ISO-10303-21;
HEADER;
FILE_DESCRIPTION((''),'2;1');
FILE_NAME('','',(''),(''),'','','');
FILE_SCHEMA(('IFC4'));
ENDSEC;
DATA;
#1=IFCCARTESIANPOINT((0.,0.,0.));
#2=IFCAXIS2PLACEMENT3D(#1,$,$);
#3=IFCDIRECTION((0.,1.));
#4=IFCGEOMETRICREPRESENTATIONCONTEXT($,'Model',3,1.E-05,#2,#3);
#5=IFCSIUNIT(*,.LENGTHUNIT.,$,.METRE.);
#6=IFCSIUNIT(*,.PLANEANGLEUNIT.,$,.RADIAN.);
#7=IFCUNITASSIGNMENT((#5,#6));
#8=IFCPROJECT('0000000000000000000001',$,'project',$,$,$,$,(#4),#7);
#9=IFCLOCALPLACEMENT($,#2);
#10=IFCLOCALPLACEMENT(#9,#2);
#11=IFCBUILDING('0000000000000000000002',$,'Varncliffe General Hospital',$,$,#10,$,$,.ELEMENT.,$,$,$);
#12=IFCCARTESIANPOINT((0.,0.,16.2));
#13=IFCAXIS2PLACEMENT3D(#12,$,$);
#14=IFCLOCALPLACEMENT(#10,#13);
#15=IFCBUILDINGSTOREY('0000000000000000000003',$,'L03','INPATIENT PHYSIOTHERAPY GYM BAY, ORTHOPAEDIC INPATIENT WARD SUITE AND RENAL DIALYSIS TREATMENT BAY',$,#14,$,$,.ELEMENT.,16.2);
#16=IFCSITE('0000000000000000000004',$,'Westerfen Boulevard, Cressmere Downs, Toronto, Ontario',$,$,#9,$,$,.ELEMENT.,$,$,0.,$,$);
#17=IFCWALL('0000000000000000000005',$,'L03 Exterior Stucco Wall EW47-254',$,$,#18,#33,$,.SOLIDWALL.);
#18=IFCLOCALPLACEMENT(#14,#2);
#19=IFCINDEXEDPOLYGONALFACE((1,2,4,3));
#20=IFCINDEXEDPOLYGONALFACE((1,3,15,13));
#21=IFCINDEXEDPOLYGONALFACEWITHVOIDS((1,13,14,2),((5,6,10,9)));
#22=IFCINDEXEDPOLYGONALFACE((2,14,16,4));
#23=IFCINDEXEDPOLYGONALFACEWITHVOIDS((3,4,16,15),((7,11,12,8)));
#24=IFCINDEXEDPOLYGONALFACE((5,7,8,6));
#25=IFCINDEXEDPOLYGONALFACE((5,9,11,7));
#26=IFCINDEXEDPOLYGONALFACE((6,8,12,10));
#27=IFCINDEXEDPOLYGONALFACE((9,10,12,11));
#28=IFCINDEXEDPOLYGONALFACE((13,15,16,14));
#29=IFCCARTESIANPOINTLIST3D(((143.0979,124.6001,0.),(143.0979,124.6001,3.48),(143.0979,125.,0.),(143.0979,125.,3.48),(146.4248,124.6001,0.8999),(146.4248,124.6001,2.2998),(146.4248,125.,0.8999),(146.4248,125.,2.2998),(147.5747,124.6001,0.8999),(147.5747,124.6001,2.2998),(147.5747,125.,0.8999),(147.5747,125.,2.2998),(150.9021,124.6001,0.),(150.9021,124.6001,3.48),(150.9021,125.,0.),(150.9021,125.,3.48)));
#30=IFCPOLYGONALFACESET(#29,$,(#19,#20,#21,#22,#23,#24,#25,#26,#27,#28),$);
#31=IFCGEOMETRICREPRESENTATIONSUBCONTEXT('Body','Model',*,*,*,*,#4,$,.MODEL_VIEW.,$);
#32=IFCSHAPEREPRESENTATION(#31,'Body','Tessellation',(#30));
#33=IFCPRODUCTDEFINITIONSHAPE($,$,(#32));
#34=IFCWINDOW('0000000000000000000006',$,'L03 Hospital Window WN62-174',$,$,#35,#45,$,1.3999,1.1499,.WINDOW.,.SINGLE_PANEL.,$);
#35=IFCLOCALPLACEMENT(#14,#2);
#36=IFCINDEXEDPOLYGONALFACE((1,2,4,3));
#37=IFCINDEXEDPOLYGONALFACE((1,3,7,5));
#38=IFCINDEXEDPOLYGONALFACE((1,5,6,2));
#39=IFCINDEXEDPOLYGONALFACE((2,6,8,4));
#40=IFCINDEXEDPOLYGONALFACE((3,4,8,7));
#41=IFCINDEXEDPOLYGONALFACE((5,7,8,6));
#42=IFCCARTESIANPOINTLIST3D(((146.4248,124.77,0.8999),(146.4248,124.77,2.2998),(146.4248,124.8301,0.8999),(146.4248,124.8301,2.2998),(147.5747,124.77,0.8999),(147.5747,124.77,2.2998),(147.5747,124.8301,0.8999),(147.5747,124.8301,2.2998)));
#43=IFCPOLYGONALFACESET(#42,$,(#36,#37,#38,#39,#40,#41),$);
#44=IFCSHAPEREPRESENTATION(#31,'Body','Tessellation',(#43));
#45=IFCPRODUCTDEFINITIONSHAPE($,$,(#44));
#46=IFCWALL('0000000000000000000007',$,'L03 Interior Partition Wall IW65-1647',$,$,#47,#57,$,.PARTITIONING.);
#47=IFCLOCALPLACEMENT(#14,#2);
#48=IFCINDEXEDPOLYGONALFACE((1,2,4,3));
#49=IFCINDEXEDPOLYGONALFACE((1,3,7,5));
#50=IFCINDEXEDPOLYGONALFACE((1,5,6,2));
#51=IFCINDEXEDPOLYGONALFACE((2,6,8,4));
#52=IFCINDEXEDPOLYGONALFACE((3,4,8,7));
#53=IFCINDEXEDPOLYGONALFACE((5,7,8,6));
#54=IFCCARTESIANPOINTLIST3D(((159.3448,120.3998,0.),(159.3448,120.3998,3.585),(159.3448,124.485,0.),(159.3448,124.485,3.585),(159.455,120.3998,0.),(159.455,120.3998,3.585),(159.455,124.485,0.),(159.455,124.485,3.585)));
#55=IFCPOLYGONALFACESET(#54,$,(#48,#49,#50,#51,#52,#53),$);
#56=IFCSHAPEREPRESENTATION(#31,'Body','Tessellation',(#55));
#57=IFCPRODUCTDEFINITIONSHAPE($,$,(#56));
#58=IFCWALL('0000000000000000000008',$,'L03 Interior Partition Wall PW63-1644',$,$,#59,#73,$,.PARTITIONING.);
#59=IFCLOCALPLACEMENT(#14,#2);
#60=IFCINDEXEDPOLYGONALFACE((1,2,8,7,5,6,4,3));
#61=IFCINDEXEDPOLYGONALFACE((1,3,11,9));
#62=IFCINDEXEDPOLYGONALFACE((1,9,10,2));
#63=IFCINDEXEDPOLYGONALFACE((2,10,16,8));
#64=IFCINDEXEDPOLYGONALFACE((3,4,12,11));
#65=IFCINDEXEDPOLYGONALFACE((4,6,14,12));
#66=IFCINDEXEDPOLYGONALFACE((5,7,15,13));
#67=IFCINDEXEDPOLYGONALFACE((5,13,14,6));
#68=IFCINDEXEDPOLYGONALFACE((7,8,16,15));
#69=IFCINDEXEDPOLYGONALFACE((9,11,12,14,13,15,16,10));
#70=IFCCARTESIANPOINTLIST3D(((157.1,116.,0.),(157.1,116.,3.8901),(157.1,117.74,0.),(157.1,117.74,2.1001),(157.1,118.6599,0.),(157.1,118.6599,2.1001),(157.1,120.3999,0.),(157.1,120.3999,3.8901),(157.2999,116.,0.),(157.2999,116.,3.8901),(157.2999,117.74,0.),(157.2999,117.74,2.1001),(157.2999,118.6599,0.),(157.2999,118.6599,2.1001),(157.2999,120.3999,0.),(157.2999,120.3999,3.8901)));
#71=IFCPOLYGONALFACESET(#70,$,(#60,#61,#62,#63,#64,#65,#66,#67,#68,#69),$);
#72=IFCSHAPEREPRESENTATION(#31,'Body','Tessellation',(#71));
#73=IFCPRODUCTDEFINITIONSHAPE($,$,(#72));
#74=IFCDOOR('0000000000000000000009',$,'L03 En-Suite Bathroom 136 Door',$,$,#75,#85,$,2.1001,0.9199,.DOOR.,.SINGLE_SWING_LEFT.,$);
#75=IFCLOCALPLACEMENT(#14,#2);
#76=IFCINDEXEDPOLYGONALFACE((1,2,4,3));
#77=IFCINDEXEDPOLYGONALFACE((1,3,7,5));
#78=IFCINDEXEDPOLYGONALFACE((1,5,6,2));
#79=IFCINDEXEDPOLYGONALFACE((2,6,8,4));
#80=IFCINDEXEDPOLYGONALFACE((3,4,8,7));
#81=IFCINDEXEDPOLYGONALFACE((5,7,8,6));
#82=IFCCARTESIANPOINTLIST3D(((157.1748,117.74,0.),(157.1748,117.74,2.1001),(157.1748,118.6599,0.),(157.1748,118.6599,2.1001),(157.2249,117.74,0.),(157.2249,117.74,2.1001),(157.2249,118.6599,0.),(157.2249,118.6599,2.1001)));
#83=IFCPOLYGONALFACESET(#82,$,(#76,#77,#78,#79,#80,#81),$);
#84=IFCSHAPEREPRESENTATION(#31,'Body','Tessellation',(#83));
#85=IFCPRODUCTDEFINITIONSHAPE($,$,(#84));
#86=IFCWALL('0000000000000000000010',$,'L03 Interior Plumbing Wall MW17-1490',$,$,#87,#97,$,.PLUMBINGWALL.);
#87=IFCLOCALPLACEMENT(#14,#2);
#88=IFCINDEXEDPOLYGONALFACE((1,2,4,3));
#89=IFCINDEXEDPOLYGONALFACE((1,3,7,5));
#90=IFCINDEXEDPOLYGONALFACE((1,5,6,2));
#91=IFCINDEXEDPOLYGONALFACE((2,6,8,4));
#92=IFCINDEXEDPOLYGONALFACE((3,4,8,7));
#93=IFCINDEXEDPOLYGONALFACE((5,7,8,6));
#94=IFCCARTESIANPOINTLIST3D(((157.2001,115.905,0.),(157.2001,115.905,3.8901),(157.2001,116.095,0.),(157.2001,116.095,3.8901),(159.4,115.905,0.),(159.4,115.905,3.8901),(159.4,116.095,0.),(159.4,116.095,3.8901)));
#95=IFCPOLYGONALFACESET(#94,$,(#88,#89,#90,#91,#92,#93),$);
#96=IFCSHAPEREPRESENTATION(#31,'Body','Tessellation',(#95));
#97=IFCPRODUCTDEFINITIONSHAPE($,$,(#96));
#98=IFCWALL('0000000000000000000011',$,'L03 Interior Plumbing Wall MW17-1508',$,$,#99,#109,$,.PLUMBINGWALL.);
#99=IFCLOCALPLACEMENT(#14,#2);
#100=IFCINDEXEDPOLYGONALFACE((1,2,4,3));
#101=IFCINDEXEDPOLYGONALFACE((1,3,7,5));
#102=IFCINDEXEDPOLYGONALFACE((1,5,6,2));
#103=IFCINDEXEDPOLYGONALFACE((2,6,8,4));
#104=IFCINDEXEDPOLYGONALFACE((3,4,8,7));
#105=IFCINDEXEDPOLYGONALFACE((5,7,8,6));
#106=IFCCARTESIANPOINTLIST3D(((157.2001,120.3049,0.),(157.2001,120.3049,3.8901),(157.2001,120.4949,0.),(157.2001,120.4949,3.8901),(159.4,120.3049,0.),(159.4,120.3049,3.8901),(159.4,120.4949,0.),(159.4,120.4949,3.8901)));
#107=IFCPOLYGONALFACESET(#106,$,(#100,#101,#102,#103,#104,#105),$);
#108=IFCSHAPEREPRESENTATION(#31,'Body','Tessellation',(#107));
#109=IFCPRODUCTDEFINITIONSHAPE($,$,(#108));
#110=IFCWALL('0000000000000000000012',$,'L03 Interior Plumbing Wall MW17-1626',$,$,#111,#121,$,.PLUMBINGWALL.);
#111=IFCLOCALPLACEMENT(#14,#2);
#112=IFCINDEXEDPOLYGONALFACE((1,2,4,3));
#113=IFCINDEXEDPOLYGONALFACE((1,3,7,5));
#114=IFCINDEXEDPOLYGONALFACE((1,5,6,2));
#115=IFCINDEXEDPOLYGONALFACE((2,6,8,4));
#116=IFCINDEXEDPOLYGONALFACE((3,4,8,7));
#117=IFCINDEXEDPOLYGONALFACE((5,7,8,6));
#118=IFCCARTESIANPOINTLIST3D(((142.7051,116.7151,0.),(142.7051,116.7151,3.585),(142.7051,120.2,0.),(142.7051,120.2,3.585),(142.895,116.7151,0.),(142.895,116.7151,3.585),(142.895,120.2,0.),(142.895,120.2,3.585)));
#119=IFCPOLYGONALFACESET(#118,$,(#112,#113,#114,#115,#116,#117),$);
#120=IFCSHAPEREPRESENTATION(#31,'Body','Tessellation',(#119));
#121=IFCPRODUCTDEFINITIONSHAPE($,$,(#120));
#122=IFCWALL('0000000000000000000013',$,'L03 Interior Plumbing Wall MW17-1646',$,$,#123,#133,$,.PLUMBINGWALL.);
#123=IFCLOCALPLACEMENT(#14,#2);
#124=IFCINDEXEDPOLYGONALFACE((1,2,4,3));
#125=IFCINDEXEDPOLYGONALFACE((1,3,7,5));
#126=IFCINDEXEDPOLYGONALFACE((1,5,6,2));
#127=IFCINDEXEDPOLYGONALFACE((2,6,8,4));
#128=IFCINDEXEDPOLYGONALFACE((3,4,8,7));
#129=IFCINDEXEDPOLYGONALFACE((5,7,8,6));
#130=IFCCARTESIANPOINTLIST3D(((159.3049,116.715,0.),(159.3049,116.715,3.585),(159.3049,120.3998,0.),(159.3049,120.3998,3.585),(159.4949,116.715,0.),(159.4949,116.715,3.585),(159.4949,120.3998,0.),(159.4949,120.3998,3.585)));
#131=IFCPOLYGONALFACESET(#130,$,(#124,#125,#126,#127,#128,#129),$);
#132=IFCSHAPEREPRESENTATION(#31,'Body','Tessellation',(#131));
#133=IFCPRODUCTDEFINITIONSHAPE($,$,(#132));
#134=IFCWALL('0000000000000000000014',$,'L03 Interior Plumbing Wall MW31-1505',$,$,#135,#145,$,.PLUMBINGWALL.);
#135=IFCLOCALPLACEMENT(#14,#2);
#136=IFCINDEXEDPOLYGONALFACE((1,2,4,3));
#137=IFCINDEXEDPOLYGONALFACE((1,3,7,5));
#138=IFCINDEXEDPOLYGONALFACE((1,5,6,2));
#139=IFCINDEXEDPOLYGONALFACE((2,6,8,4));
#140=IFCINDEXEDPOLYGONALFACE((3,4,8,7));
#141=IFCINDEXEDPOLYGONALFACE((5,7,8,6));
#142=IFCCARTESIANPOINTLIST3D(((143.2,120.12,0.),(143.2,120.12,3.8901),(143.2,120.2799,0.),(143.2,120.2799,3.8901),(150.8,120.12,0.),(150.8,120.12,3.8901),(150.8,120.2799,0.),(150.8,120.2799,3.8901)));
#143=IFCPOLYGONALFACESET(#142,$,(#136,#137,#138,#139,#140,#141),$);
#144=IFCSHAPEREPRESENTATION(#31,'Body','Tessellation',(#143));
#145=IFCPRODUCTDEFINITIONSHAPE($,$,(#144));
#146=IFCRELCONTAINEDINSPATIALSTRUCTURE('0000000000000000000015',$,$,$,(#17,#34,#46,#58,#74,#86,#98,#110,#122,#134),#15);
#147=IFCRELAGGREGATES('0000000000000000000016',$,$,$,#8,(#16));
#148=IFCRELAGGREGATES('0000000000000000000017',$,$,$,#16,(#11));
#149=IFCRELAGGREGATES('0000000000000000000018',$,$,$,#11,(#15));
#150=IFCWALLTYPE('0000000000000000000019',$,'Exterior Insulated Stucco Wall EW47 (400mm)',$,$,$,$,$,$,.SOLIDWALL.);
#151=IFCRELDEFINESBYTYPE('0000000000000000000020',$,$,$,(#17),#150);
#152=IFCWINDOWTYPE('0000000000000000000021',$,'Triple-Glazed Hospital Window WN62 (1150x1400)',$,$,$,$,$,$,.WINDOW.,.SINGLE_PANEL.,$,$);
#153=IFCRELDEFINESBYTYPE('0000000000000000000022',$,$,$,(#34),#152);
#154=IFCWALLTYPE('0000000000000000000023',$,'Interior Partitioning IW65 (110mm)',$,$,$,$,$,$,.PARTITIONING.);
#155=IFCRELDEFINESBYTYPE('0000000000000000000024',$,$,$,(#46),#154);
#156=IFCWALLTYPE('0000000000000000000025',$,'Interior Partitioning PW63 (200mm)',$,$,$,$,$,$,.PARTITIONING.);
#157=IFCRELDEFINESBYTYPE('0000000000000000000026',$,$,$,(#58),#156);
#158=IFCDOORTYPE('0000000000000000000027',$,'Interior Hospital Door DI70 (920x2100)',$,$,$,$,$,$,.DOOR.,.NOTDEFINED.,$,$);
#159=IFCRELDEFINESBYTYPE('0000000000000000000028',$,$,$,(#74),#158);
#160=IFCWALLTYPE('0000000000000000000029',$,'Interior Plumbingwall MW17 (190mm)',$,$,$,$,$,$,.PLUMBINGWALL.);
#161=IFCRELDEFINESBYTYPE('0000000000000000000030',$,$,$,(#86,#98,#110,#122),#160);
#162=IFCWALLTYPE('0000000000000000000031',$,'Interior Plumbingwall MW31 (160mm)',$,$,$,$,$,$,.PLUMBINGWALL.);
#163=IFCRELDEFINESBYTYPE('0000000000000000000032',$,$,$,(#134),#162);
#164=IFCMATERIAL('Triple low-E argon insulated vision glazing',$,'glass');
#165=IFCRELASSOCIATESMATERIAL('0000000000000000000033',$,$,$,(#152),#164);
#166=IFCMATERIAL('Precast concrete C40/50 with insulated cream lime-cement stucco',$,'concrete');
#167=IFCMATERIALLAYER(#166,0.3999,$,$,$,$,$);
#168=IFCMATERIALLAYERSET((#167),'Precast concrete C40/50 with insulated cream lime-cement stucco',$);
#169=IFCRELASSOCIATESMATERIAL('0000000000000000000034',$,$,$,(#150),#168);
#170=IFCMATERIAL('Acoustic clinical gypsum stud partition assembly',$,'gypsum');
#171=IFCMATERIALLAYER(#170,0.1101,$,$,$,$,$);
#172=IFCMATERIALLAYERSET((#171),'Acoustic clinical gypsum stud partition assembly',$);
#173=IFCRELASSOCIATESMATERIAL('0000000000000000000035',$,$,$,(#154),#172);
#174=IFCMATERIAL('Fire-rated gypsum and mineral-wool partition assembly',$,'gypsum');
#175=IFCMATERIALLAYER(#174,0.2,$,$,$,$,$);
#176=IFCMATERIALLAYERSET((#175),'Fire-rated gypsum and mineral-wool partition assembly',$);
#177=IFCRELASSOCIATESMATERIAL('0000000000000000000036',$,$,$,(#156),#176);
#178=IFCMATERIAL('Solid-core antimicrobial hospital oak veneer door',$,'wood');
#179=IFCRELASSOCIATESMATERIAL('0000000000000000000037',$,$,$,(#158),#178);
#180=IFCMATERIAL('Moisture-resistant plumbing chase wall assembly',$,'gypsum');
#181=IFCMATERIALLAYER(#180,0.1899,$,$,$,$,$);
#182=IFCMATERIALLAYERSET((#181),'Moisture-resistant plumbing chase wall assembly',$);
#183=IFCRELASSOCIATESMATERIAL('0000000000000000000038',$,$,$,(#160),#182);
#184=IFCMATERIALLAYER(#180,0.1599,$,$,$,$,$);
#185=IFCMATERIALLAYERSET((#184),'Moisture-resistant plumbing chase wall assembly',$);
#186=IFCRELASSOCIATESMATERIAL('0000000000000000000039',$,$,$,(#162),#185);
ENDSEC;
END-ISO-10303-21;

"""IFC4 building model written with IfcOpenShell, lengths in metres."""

from ifc_helpers import new_model, si_unit, direction, frame, frame_2d, origin, place, context, subcontext, project, spatial, rectangle, extrude, material, layer, layer_set, type_object, element, fill, save


model = new_model("IFC4")

# Units and contexts
model_context = context("Model", 3, precision=1e-05, world=origin(), true_north=direction((0.0, 1.0)))
body_context = subcontext(model_context, "Body", "Model", "MODEL_VIEW")
ifc_project = project(units=[si_unit("LENGTHUNIT", "METRE"), si_unit("PLANEANGLEUNIT", "RADIAN")], contexts=[model_context])

# Site, building, storey
site_placement = place(None, origin())
site = spatial("IfcSite", under=ifc_project, at=site_placement, Name="Westerfen Boulevard, Cressmere Downs, Toronto, Ontario", CompositionType="ELEMENT", RefElevation=0.0)
building_placement = place(site_placement, origin())
building = spatial("IfcBuilding", under=site, at=building_placement, Name="Varncliffe General Hospital", CompositionType="ELEMENT")
storey_placement = place(building_placement, frame((0.0, 0.0, 16.2)))
storey = spatial("IfcBuildingStorey", under=building, at=storey_placement, Name="L03", Description="INPATIENT PHYSIOTHERAPY GYM BAY, ORTHOPAEDIC INPATIENT WARD SUITE AND RENAL DIALYSIS TREATMENT BAY", CompositionType="ELEMENT", Elevation=16.2)

# Wall, opening, window
ifc_material_1 = material(Name="Precast concrete C40/50 with insulated cream lime-cement stucco", Category="concrete")
ifc_material_2 = material(Name="Triple low-E argon insulated vision glazing", Category="glass")
window_type = type_object("IfcWindowType", Name="Triple-Glazed Hospital Window WN62 (1150x1400)", PartitioningType="SINGLE_PANEL", PredefinedType="WINDOW", material=ifc_material_2)
ifc_layer_1 = layer(ifc_material_1, 0.3999)
ifc_layer_set_1 = layer_set([ifc_layer_1], Name="Precast concrete C40/50 with insulated cream lime-cement stucco")
wall_type_1 = type_object("IfcWallType", Name="Exterior Insulated Stucco Wall EW47 (400mm)", PredefinedType="SOLIDWALL", material=ifc_layer_set_1)
wall_1_placement = place(storey_placement, frame((143.0979, 124.8, 0.0), z_axis=(0.0, 0.0, 1.0), x_axis=(1.0, 0.0, 0.0)))
wall_1 = element("IfcWall", 1, at=wall_1_placement, inside=storey, type_object=wall_type_1, Name="L03 Exterior Stucco Wall EW47-254", PredefinedType="SOLIDWALL", context=body_context, shape_type="SweptSolid", body=[
    extrude(rectangle(XDim=7.8042, YDim=0.3999, at=frame_2d((3.9021, 0.0))), origin(), (0.0, 0.0, 1.0), 3.48),
])
opening_1_placement = place(wall_1_placement, frame((3.3269, 0.0, 0.8999)))
opening_1 = element("IfcOpeningElement", 2, at=opening_1_placement, cuts=wall_1, PredefinedType="OPENING", context=body_context, shape_type="SweptSolid", body=[
    extrude(rectangle(XDim=1.1499, YDim=1.3999, at=frame_2d((0.575, 0.7))), frame((0.0, 0.21, 0.0), z_axis=(0.0, -1.0, 0.0), x_axis=(1.0, 0.0, 0.0)), (0.0, 0.0, 1.0), 0.4199),
])
window_1_placement = place(opening_1_placement, origin())
window_1 = element("IfcWindow", 3, at=window_1_placement, inside=storey, type_object=window_type, Name="L03 Hospital Window WN62-174", OverallHeight=1.3999, OverallWidth=1.1499, PartitioningType="SINGLE_PANEL", PredefinedType="WINDOW", context=body_context, shape_type="SweptSolid", body=[
    extrude(rectangle(XDim=1.1499, YDim=1.3999, at=frame_2d((0.575, 0.7))), frame((0.0, 0.03, 0.0), z_axis=(0.0, -1.0, 0.0), x_axis=(1.0, 0.0, 0.0)), (0.0, 0.0, 1.0), 0.0601),
])
fill(opening_1, window_1)

# Wall
ifc_material_3 = material(Name="Acoustic clinical gypsum stud partition assembly", Category="gypsum")
ifc_layer_2 = layer(ifc_material_3, 0.1101)
ifc_layer_set_2 = layer_set([ifc_layer_2], Name="Acoustic clinical gypsum stud partition assembly")
wall_type_2 = type_object("IfcWallType", Name="Interior Partitioning IW65 (110mm)", PredefinedType="PARTITIONING", material=ifc_layer_set_2)
wall_2_placement = place(storey_placement, frame((159.3999, 120.3999, 0.0), z_axis=(0.0, 0.0, 1.0), x_axis=(0.0, 1.0, 0.0)))
element("IfcWall", 4, at=wall_2_placement, inside=storey, type_object=wall_type_2, Name="L03 Interior Partition Wall IW65-1647", PredefinedType="PARTITIONING", context=body_context, shape_type="SweptSolid", body=[
    extrude(rectangle(XDim=4.0852, YDim=0.1101, at=frame_2d((2.0425, 0.0))), origin(), (0.0, 0.0, 1.0), 3.585),
])

# Wall, opening, door
ifc_material_4 = material(Name="Fire-rated gypsum and mineral-wool partition assembly", Category="gypsum")
ifc_layer_3 = layer(ifc_material_4, 0.2)
ifc_layer_set_3 = layer_set([ifc_layer_3], Name="Fire-rated gypsum and mineral-wool partition assembly")
wall_type_3 = type_object("IfcWallType", Name="Interior Partitioning PW63 (200mm)", PredefinedType="PARTITIONING", material=ifc_layer_set_3)
wall_3_placement = place(storey_placement, frame((157.2, 116.0, 0.0), z_axis=(0.0, 0.0, 1.0), x_axis=(0.0, 1.0, 0.0)))
wall_3 = element("IfcWall", 5, at=wall_3_placement, inside=storey, type_object=wall_type_3, Name="L03 Interior Partition Wall PW63-1644", PredefinedType="PARTITIONING", context=body_context, shape_type="SweptSolid", body=[
    extrude(rectangle(XDim=4.3999, YDim=0.2, at=frame_2d((2.2, 0.0))), origin(), (0.0, 0.0, 1.0), 3.8901),
])
opening_2_placement = place(wall_3_placement, frame((1.74, 0.0, 0.0)))
opening_2 = element("IfcOpeningElement", 6, at=opening_2_placement, cuts=wall_3, PredefinedType="OPENING", context=body_context, shape_type="SweptSolid", body=[
    extrude(rectangle(XDim=0.9199, YDim=2.1001, at=frame_2d((0.46, 1.05))), frame((0.0, 0.1099, 0.0), z_axis=(0.0, -1.0, 0.0), x_axis=(1.0, 0.0, 0.0)), (0.0, 0.0, 1.0), 0.22),
])
ifc_material_5 = material(Name="Solid-core antimicrobial hospital oak veneer door", Category="wood")
door_type_1 = type_object("IfcDoorType", Name="Interior Hospital Door DI70 (920x2100)", OperationType="NOTDEFINED", PredefinedType="DOOR", material=ifc_material_5)
door_1_placement = place(opening_2_placement, frame((0.9199, 0.0, 0.0), z_axis=(0.0, 0.0, 1.0), x_axis=(-1.0, 0.0, 0.0)))
door_1 = element("IfcDoor", 7, at=door_1_placement, inside=storey, type_object=door_type_1, Name="L03 En-Suite Bathroom 136 Door", OperationType="SINGLE_SWING_LEFT", OverallHeight=2.1001, OverallWidth=0.9199, PredefinedType="DOOR", context=body_context, shape_type="SweptSolid", body=[
    extrude(rectangle(XDim=0.9199, YDim=2.1001, at=frame_2d((0.46, 1.05))), frame((0.0, 0.0249, 0.0), z_axis=(0.0, -1.0, 0.0), x_axis=(1.0, 0.0, 0.0)), (0.0, 0.0, 1.0), 0.05),
])
fill(opening_2, door_1)

# Walls
ifc_material_6 = material(Name="Moisture-resistant plumbing chase wall assembly", Category="gypsum")
ifc_layer_4 = layer(ifc_material_6, 0.1899)
ifc_layer_set_4 = layer_set([ifc_layer_4], Name="Moisture-resistant plumbing chase wall assembly")
wall_type_4 = type_object("IfcWallType", Name="Interior Plumbingwall MW17 (190mm)", PredefinedType="PLUMBINGWALL", material=ifc_layer_set_4)
for number, where, z_axis, x_axis, name in (
    (8, (157.2, 116.0, 0.0), (0.0, 0.0, 1.0), (1.0, 0.0, 0.0), "L03 Interior Plumbing Wall MW17-1490"),
    (9, (157.2, 120.3999, 0.0), (0.0, 0.0, 1.0), (1.0, 0.0, 0.0), "L03 Interior Plumbing Wall MW17-1508"),
):
    element("IfcWall", number, at=place(storey_placement, frame(where, z_axis=z_axis, x_axis=x_axis)), inside=storey, type_object=wall_type_4, Name=name, PredefinedType="PLUMBINGWALL", context=body_context, shape_type="SweptSolid", body=[
        extrude(rectangle(XDim=2.2, YDim=0.1899, at=frame_2d((1.1001, 0.0))), origin(), (0.0, 0.0, 1.0), 3.8901),
    ])
wall_4_placement = place(storey_placement, frame((142.8, 116.7151, 0.0), z_axis=(0.0, 0.0, 1.0), x_axis=(0.0, 1.0, 0.0)))
element("IfcWall", 10, at=wall_4_placement, inside=storey, type_object=wall_type_4, Name="L03 Interior Plumbing Wall MW17-1626", PredefinedType="PLUMBINGWALL", context=body_context, shape_type="SweptSolid", body=[
    extrude(rectangle(XDim=3.4849, YDim=0.1899, at=frame_2d((1.7424, 0.0))), origin(), (0.0, 0.0, 1.0), 3.585),
])
wall_5_placement = place(storey_placement, frame((159.3999, 116.7151, 0.0), z_axis=(0.0, 0.0, 1.0), x_axis=(0.0, 1.0, 0.0)))
element("IfcWall", 11, at=wall_5_placement, inside=storey, type_object=wall_type_4, Name="L03 Interior Plumbing Wall MW17-1646", PredefinedType="PLUMBINGWALL", context=body_context, shape_type="SweptSolid", body=[
    extrude(rectangle(XDim=3.6848, YDim=0.1899, at=frame_2d((1.8423, 0.0))), origin(), (0.0, 0.0, 1.0), 3.585),
])
ifc_layer_5 = layer(ifc_material_6, 0.1599)
ifc_layer_set_5 = layer_set([ifc_layer_5], Name="Moisture-resistant plumbing chase wall assembly")
wall_type_5 = type_object("IfcWallType", Name="Interior Plumbingwall MW31 (160mm)", PredefinedType="PLUMBINGWALL", material=ifc_layer_set_5)
wall_6_placement = place(storey_placement, frame((143.2, 120.2, 0.0), z_axis=(0.0, 0.0, 1.0), x_axis=(1.0, 0.0, 0.0)))
element("IfcWall", 12, at=wall_6_placement, inside=storey, type_object=wall_type_5, Name="L03 Interior Plumbing Wall MW31-1505", PredefinedType="PLUMBINGWALL", context=body_context, shape_type="SweptSolid", body=[
    extrude(rectangle(XDim=7.6001, YDim=0.1599, at=frame_2d((3.8, 0.0))), origin(), (0.0, 0.0, 1.0), 3.8901),
])

save(model, "model.ifc")
